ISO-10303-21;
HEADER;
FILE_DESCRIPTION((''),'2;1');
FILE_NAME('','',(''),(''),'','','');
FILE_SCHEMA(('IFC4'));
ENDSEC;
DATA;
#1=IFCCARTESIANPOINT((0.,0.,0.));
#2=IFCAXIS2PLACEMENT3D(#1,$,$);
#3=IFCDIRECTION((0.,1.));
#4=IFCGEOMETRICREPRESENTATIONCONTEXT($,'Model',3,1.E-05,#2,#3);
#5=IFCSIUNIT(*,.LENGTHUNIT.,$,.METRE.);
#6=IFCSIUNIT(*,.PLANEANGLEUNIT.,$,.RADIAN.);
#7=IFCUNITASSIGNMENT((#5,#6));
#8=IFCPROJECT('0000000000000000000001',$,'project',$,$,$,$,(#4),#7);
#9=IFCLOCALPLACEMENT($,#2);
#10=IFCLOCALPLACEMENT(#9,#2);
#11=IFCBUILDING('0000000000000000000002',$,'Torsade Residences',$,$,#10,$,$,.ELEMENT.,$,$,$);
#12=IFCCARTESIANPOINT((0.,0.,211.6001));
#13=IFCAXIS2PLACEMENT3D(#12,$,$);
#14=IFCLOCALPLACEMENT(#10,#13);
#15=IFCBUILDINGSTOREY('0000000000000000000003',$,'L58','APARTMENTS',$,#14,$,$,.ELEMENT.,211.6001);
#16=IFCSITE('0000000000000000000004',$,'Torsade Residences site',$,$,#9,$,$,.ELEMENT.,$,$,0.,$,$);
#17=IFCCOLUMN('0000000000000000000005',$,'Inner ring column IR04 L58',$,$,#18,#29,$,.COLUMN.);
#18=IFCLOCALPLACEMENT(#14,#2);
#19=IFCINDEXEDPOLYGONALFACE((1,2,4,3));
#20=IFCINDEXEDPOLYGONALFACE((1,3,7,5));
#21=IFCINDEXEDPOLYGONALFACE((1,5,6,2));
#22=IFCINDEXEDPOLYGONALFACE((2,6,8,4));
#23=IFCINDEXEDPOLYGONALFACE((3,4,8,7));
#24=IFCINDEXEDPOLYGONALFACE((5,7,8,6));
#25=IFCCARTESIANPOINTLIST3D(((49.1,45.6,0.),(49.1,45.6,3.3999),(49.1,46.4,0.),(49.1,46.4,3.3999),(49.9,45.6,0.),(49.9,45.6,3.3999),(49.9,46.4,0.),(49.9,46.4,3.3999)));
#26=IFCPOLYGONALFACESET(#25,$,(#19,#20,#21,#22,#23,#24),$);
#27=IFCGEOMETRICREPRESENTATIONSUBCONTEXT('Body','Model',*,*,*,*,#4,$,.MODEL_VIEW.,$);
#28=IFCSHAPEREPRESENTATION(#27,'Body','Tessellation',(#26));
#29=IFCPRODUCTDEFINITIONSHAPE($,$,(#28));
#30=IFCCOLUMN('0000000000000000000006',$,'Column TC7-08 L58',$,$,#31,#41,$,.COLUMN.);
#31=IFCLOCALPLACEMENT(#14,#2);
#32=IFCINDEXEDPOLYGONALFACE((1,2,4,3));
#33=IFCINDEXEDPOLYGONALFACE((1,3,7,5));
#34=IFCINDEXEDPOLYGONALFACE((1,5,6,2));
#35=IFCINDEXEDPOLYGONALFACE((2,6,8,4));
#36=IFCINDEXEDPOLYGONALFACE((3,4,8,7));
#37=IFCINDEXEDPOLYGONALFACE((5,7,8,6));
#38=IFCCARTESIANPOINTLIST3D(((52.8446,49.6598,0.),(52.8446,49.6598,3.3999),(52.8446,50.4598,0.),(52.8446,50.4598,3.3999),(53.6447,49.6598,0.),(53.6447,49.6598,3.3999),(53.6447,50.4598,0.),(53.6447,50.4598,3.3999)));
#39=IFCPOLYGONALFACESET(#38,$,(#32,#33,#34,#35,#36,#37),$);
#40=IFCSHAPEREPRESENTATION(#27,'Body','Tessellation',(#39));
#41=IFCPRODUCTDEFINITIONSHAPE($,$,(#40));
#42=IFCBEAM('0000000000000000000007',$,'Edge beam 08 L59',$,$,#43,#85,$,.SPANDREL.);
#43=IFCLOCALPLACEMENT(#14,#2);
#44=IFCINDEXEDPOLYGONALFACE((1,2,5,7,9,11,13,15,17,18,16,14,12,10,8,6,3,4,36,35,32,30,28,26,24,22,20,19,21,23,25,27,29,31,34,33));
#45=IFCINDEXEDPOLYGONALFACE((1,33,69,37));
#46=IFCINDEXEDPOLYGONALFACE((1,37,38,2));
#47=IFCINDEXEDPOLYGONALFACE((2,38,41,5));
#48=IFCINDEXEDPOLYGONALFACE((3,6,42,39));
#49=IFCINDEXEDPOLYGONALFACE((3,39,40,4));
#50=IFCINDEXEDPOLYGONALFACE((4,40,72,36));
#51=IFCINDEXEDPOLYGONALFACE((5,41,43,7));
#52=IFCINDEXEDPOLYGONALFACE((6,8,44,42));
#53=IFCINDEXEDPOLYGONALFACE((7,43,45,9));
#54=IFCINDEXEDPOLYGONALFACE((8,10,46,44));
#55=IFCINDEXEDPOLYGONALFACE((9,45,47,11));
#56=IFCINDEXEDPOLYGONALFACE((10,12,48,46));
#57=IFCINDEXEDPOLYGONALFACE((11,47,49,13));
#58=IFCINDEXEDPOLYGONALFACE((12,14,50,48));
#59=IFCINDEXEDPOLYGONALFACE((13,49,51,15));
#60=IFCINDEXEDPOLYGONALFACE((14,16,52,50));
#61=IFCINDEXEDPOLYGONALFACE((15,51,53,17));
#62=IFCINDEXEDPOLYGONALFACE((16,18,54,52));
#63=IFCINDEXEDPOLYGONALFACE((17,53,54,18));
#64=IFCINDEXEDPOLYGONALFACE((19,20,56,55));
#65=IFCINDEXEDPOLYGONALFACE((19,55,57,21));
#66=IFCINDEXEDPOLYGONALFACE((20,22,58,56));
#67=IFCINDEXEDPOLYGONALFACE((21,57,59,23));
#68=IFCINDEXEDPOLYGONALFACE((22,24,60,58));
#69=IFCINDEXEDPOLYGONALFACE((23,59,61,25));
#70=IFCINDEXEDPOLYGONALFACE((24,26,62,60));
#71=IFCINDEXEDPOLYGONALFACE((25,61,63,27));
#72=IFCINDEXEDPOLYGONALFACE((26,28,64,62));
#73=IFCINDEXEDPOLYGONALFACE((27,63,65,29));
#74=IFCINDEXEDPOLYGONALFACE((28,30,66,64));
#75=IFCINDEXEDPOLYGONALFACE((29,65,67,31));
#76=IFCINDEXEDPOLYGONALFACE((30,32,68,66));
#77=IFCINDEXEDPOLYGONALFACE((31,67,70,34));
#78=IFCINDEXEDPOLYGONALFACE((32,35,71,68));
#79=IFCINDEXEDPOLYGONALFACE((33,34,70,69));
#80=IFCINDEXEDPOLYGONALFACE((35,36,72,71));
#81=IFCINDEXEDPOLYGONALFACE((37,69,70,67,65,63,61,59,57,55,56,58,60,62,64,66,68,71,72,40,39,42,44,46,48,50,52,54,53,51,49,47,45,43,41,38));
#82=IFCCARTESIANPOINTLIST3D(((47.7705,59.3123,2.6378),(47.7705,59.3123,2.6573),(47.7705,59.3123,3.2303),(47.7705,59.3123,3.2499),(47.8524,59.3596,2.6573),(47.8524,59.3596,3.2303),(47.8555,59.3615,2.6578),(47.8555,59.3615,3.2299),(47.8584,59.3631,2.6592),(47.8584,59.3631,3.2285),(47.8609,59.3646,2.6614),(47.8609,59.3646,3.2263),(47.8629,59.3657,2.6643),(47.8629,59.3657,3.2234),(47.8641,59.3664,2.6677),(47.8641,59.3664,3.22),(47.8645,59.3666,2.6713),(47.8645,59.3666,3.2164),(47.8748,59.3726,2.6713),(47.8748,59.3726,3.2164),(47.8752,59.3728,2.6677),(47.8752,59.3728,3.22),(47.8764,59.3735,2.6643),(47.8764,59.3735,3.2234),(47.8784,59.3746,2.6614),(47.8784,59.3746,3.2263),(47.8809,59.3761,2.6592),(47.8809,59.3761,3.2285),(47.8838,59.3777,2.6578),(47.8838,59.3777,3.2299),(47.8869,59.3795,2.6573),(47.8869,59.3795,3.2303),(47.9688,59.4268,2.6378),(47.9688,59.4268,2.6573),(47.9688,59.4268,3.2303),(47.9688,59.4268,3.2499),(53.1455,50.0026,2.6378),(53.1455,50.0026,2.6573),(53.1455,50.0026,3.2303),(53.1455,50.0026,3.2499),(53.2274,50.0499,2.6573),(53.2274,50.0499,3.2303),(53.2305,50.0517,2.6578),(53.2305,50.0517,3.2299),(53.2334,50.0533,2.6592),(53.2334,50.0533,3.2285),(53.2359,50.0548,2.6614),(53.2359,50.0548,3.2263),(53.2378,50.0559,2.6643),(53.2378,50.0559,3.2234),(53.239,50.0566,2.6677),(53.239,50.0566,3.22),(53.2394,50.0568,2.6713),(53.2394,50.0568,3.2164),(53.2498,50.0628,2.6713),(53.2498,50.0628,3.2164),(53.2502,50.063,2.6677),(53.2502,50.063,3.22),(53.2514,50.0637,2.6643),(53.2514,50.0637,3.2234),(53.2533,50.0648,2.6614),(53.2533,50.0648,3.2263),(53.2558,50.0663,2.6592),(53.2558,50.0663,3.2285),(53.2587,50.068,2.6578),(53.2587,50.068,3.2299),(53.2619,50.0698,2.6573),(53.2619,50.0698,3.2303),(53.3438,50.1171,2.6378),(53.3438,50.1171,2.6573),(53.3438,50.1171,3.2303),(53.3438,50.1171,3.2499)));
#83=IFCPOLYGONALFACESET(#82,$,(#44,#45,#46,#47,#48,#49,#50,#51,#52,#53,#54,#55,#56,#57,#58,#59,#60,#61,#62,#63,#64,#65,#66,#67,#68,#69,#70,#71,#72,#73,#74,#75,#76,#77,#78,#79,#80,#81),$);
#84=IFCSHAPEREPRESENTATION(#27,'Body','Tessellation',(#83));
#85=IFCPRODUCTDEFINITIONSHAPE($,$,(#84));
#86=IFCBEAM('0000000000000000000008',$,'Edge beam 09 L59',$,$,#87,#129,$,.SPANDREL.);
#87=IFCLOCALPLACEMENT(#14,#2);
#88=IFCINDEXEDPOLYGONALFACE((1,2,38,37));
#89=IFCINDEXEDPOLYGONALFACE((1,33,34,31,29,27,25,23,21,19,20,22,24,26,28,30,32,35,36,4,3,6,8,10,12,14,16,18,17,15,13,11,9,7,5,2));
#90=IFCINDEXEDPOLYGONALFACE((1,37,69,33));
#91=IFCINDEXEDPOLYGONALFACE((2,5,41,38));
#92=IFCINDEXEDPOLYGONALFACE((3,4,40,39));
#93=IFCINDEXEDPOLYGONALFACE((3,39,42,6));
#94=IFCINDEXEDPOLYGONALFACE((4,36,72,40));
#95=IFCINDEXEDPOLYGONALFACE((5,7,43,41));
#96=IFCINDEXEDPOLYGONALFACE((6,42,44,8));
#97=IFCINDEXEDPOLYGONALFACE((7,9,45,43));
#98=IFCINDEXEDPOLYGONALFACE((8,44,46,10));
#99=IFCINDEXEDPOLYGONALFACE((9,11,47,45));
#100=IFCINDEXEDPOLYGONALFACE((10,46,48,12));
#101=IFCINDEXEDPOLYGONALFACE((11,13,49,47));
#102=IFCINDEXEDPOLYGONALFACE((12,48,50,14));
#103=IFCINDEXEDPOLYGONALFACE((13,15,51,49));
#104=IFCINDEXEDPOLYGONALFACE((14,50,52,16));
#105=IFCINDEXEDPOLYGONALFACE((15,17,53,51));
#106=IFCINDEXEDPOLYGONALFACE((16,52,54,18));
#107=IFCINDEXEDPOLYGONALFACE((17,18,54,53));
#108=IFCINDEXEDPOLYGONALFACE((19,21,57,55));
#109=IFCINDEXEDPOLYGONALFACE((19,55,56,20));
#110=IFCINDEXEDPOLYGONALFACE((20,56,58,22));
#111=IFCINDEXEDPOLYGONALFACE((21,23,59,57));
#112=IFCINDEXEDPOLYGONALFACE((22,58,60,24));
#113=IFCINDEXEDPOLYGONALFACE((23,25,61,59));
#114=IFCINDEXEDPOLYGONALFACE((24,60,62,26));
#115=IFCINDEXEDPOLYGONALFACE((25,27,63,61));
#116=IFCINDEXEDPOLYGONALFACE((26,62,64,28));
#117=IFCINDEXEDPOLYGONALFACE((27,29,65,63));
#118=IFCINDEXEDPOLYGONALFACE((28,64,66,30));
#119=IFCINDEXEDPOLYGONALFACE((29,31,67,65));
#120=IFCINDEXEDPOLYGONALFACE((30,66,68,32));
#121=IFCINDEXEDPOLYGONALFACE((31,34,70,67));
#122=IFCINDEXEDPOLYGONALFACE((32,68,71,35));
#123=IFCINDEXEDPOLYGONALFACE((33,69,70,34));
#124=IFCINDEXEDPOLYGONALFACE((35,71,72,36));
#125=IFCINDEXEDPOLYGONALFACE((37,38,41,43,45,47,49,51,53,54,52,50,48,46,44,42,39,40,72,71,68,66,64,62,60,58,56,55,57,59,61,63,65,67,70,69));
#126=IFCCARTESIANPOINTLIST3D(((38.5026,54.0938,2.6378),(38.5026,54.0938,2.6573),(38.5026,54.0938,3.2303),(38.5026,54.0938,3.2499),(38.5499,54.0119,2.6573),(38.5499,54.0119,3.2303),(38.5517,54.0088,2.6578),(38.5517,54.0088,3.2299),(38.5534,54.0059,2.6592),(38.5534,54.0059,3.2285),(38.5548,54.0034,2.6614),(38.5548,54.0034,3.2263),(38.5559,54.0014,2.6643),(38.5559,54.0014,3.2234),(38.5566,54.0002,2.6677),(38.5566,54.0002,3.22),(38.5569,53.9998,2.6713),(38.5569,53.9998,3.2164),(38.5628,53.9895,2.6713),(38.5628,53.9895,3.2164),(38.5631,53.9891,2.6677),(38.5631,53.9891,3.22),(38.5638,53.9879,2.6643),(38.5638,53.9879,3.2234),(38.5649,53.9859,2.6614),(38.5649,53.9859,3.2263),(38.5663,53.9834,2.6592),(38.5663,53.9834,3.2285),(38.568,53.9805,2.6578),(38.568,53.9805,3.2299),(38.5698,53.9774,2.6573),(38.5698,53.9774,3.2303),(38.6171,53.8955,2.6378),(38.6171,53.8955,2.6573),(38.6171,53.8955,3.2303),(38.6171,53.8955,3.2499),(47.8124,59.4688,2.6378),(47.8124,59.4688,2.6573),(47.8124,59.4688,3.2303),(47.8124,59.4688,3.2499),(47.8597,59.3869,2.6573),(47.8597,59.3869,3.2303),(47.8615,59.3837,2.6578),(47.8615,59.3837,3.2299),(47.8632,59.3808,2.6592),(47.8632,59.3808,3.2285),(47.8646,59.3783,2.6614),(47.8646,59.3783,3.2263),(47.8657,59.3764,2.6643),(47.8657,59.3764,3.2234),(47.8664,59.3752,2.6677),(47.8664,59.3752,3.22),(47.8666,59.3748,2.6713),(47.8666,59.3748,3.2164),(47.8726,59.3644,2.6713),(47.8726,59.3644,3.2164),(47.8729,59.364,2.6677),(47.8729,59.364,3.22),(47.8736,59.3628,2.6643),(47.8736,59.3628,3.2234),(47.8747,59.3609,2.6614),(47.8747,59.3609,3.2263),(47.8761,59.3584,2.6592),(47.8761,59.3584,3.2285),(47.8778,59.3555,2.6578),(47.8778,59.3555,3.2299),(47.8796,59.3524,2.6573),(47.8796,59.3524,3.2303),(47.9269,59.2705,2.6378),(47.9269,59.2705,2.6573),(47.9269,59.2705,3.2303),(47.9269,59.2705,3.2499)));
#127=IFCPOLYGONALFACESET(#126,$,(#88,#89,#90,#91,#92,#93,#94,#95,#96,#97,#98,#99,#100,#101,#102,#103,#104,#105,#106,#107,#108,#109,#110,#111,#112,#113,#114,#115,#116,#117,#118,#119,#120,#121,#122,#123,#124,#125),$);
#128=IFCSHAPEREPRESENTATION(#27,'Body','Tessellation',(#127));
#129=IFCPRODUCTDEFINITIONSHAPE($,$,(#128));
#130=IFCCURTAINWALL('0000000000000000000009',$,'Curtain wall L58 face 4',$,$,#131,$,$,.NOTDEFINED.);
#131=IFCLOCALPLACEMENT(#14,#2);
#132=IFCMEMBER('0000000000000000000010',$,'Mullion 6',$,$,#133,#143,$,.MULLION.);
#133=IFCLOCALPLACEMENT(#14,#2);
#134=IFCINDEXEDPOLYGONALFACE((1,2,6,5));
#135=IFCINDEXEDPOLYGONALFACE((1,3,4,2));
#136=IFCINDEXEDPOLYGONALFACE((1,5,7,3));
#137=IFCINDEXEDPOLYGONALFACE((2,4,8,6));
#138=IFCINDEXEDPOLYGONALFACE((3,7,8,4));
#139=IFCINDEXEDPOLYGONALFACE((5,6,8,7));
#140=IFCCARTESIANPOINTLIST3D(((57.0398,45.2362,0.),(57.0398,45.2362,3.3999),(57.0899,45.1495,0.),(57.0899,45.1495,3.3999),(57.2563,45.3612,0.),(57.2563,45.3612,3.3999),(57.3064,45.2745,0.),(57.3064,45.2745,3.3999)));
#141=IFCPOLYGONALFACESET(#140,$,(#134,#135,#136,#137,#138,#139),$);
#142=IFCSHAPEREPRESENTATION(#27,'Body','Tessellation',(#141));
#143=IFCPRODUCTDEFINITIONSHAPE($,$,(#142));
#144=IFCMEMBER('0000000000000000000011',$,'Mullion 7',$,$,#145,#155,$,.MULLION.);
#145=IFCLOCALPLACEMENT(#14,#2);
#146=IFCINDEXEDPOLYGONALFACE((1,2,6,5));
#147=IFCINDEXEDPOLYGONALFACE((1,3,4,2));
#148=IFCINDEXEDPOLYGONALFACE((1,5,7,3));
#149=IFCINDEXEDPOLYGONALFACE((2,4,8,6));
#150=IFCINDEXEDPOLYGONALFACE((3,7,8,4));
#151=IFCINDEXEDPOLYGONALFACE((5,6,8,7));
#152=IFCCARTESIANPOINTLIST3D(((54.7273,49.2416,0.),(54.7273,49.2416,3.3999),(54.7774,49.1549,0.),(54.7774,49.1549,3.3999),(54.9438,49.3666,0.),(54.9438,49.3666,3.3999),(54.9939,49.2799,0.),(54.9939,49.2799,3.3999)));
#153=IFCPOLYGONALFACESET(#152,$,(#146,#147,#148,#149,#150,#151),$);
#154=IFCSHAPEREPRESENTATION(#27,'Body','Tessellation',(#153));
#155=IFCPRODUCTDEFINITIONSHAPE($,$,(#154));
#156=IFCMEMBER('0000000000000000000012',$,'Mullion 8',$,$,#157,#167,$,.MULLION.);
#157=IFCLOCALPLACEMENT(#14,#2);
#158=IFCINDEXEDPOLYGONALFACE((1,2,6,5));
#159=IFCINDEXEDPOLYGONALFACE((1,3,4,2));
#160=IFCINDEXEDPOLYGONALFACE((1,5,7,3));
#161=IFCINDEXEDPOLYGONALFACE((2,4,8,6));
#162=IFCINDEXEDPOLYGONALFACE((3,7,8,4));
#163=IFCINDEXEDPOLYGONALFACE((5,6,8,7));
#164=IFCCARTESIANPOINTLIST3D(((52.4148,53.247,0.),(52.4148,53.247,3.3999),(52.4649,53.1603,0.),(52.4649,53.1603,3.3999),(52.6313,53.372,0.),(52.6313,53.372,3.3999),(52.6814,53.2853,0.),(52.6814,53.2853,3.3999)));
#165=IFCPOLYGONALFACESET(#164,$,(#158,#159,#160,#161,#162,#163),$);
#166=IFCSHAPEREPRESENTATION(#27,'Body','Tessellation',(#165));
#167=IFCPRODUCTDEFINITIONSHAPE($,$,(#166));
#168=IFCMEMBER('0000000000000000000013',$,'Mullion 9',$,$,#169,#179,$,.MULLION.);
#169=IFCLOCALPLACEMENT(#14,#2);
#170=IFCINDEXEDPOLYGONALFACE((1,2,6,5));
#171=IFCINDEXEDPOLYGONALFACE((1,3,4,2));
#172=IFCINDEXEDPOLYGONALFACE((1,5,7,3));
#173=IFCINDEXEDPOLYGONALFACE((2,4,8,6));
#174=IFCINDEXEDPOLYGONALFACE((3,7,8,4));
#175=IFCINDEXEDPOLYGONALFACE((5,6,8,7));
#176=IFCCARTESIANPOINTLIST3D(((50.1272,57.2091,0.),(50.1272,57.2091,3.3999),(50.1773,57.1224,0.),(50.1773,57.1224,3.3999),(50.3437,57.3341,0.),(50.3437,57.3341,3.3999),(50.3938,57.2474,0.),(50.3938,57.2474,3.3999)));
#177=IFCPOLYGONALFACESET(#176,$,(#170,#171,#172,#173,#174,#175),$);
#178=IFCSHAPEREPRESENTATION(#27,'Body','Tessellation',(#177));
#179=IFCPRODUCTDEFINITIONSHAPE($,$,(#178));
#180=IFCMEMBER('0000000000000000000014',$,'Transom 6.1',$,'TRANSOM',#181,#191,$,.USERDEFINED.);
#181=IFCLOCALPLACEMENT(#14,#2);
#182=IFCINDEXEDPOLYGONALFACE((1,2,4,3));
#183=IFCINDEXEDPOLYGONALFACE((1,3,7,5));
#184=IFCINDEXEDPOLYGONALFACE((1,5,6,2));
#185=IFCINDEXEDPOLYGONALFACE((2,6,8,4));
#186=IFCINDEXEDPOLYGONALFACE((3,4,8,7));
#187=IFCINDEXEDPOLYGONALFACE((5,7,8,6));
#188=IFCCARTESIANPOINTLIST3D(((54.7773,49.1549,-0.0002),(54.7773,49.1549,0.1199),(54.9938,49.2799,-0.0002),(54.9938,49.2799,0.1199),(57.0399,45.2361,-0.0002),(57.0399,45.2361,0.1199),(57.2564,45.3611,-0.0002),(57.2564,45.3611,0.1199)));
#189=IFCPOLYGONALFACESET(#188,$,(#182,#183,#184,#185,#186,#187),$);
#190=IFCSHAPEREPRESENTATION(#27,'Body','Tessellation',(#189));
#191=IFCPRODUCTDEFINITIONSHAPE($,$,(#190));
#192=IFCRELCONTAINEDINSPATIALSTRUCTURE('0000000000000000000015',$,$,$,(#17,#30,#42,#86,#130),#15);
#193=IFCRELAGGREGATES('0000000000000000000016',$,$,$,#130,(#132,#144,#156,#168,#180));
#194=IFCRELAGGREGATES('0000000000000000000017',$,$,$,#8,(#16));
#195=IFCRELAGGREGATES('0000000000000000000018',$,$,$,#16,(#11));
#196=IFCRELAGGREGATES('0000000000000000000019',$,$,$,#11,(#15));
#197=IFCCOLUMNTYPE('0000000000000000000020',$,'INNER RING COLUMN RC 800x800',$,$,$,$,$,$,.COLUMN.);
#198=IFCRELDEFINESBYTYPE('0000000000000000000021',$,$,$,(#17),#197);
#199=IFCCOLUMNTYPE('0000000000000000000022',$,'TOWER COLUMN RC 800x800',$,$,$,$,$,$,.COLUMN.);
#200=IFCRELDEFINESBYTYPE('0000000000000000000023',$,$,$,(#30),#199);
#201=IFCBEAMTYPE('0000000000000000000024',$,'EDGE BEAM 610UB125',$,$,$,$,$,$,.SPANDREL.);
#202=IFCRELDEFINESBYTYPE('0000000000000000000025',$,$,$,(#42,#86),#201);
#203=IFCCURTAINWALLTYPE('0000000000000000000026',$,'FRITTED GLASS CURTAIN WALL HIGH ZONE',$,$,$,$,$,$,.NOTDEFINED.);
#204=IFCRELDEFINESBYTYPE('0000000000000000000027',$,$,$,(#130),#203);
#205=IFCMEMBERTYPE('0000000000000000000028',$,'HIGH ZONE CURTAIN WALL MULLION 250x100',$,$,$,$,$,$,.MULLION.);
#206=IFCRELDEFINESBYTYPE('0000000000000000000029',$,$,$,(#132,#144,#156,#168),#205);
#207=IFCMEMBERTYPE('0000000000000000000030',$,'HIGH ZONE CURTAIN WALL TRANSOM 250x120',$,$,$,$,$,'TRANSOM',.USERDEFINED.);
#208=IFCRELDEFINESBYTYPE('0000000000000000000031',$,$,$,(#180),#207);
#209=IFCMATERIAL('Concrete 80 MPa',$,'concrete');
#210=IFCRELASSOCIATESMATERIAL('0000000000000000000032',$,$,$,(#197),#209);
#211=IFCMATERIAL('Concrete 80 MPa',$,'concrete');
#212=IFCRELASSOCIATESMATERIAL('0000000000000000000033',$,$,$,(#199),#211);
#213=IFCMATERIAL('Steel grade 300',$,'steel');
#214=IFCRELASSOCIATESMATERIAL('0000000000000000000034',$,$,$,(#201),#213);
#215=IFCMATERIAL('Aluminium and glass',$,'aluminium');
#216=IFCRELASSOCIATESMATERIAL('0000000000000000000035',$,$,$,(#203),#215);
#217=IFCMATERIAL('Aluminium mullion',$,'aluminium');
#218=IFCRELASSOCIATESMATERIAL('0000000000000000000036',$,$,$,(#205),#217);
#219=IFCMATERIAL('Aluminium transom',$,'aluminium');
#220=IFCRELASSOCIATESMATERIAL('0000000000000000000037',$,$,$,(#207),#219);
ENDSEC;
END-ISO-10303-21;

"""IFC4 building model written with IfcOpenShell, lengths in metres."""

from ifc_helpers import new_model, si_unit, direction, frame, origin, origin_2d, place, context, subcontext, project, spatial, rectangle, i_section, extrude, material, material_profile, profile_set, type_object, element, aggregate, save


model = new_model("IFC4")

# Units and contexts
model_context = context("Model", 3, precision=1e-05, world=origin(), true_north=direction((0.0, 1.0)))
body_context = subcontext(model_context, "Body", "Model", "MODEL_VIEW")
ifc_project = project(units=[si_unit("LENGTHUNIT", "METRE"), si_unit("PLANEANGLEUNIT", "RADIAN")], contexts=[model_context])

# Site, building, storey
site_placement = place(None, origin())
site = spatial("IfcSite", under=ifc_project, at=site_placement, Name="Torsade Residences site", CompositionType="ELEMENT", RefElevation=0.0)
building_placement = place(site_placement, origin())
building = spatial("IfcBuilding", under=site, at=building_placement, Name="Torsade Residences", CompositionType="ELEMENT")
storey_placement = place(building_placement, frame((0.0, 0.0, 211.6001)))
storey = spatial("IfcBuildingStorey", under=building, at=storey_placement, Name="L58", Description="APARTMENTS", CompositionType="ELEMENT", Elevation=211.6001)

# Columns
ifc_material_1 = material(Name="Concrete 80 MPa", Category="concrete")
ifc_material_profile_1 = material_profile(ifc_material_1, rectangle(XDim=0.8, YDim=0.8, at=origin_2d()), Name="RC 800x800")
ifc_profile_set_1 = profile_set([ifc_material_profile_1], Name="Concrete 80 MPa")
column_type_1 = type_object("IfcColumnType", Name="INNER RING COLUMN RC 800x800", PredefinedType="COLUMN", material=ifc_profile_set_1)
column_1_placement = place(storey_placement, frame((49.5, 46.0, 0.0), z_axis=(0.0, 0.0, 1.0), x_axis=(1.0, 0.0, 0.0)))
element("IfcColumn", 1, at=column_1_placement, inside=storey, type_object=column_type_1, Name="Inner ring column IR04 L58", PredefinedType="COLUMN", context=body_context, shape_type="SweptSolid", body=[
    extrude(rectangle(XDim=0.8, YDim=0.8, at=origin_2d()), origin(), (0.0, 0.0, 1.0), 3.3999),
])
ifc_material_2 = material(Name="Concrete 80 MPa", Category="concrete")
ifc_material_profile_2 = material_profile(ifc_material_2, rectangle(XDim=0.8, YDim=0.8, at=origin_2d()), Name="RC 800x800")
ifc_profile_set_2 = profile_set([ifc_material_profile_2], Name="Concrete 80 MPa")
column_type_2 = type_object("IfcColumnType", Name="TOWER COLUMN RC 800x800", PredefinedType="COLUMN", material=ifc_profile_set_2)
column_2_placement = place(storey_placement, frame((53.2446, 50.0598, 0.0), z_axis=(0.0, 0.0, 1.0), x_axis=(1.0, 0.0, 0.0)))
element("IfcColumn", 2, at=column_2_placement, inside=storey, type_object=column_type_2, Name="Column TC7-08 L58", PredefinedType="COLUMN", context=body_context, shape_type="SweptSolid", body=[
    extrude(rectangle(XDim=0.8, YDim=0.8, at=origin_2d()), origin(), (0.0, 0.0, 1.0), 3.3999),
])

# Beams
ifc_material_3 = material(Name="Steel grade 300", Category="steel")
ifc_material_profile_3 = material_profile(ifc_material_3, i_section(OverallWidth=0.229, OverallDepth=0.6121, WebThickness=0.012, FlangeThickness=0.0195, FilletRadius=0.0139, at=origin_2d()), Name="610UB125")
ifc_profile_set_3 = profile_set([ifc_material_profile_3], Name="Steel grade 300")
beam_type_1 = type_object("IfcBeamType", Name="EDGE BEAM 610UB125", PredefinedType="SPANDREL", material=ifc_profile_set_3)
for number, where, z_axis, x_axis, name in (
    (3, (53.2446, 50.0598, 2.9438), (-0.499998, 0.866026, 0.0), (-0.866026, -0.499998, 0.0), "Edge beam 08 L59"),
    (4, (47.8696, 59.3696, 2.9438), (-0.866026, -0.499998, 0.0), (0.499998, -0.866026, 0.0), "Edge beam 09 L59"),
):
    element("IfcBeam", number, at=place(storey_placement, frame(where, z_axis=z_axis, x_axis=x_axis)), inside=storey, type_object=beam_type_1, Name=name, PredefinedType="SPANDREL", context=body_context, shape_type="SweptSolid", body=[
        extrude(i_section(OverallWidth=0.229, OverallDepth=0.6121, WebThickness=0.012, FlangeThickness=0.0195, FilletRadius=0.0139, at=origin_2d()), origin(), (0.0, 0.0, 1.0), 10.75),
    ])

# Curtain wall, members
ifc_material_4 = material(Name="Aluminium and glass", Category="aluminium")
curtain_wall_type = type_object("IfcCurtainWallType", Name="FRITTED GLASS CURTAIN WALL HIGH ZONE", PredefinedType="NOTDEFINED", material=ifc_material_4)
curtain_wall_placement = place(storey_placement, origin())
curtain_wall = element("IfcCurtainWall", 5, at=curtain_wall_placement, inside=storey, type_object=curtain_wall_type, Name="Curtain wall L58 face 4", PredefinedType="NOTDEFINED")
ifc_material_5 = material(Name="Aluminium mullion", Category="aluminium")
ifc_material_profile_4 = material_profile(ifc_material_5, rectangle(XDim=0.25, YDim=0.1001, at=origin_2d()), Name="HIGH ZONE CURTAIN WALL MULLION 250x100")
ifc_profile_set_4 = profile_set([ifc_material_profile_4], Name="Aluminium mullion")
member_type_1 = type_object("IfcMemberType", Name="HIGH ZONE CURTAIN WALL MULLION 250x100", PredefinedType="MULLION", material=ifc_profile_set_4)
member_1_placement = place(storey_placement, frame((57.1731, 45.2554, 0.0), z_axis=(0.0, 0.0, 1.0), x_axis=(-0.866025, -0.5, 0.0)))
member_1 = element("IfcMember", 6, at=member_1_placement, type_object=member_type_1, Name="Mullion 6", PredefinedType="MULLION", context=body_context, shape_type="SweptSolid", body=[
    extrude(rectangle(XDim=0.25, YDim=0.1001, at=origin_2d()), origin(), (0.0, 0.0, 1.0), 3.3999),
])
member_2_placement = place(storey_placement, frame((54.8606, 49.2607, 0.0), z_axis=(0.0, 0.0, 1.0), x_axis=(-0.866025, -0.5, 0.0)))
member_2 = element("IfcMember", 7, at=member_2_placement, type_object=member_type_1, Name="Mullion 7", PredefinedType="MULLION", context=body_context, shape_type="SweptSolid", body=[
    extrude(rectangle(XDim=0.25, YDim=0.1001, at=origin_2d()), origin(), (0.0, 0.0, 1.0), 3.3999),
])
member_3_placement = place(storey_placement, frame((52.5481, 53.2661, 0.0), z_axis=(0.0, 0.0, 1.0), x_axis=(-0.866025, -0.5, 0.0)))
member_3 = element("IfcMember", 8, at=member_3_placement, type_object=member_type_1, Name="Mullion 8", PredefinedType="MULLION", context=body_context, shape_type="SweptSolid", body=[
    extrude(rectangle(XDim=0.25, YDim=0.1001, at=origin_2d()), origin(), (0.0, 0.0, 1.0), 3.3999),
])
member_4_placement = place(storey_placement, frame((50.2605, 57.2283, 0.0), z_axis=(0.0, 0.0, 1.0), x_axis=(-0.866025, -0.5, 0.0)))
member_4 = element("IfcMember", 9, at=member_4_placement, type_object=member_type_1, Name="Mullion 9", PredefinedType="MULLION", context=body_context, shape_type="SweptSolid", body=[
    extrude(rectangle(XDim=0.25, YDim=0.1001, at=origin_2d()), origin(), (0.0, 0.0, 1.0), 3.3999),
])
ifc_material_6 = material(Name="Aluminium transom", Category="aluminium")
ifc_material_profile_5 = material_profile(ifc_material_6, rectangle(XDim=0.25, YDim=0.1201, at=origin_2d()), Name="HIGH ZONE CURTAIN WALL TRANSOM 250x120")
ifc_profile_set_5 = profile_set([ifc_material_profile_5], Name="Aluminium transom")
member_type_2 = type_object("IfcMemberType", Name="HIGH ZONE CURTAIN WALL TRANSOM 250x120", ElementType="TRANSOM", PredefinedType="USERDEFINED", material=ifc_profile_set_5)
member_5_placement = place(storey_placement, frame((57.1482, 45.2986, 0.0598), z_axis=(-0.500015, 0.866017, 0.0), x_axis=(-0.866017, -0.500015, 0.0)))
member_5 = element("IfcMember", 10, at=member_5_placement, type_object=member_type_2, Name="Transom 6.1", ObjectType="TRANSOM", PredefinedType="USERDEFINED", context=body_context, shape_type="SweptSolid", body=[
    extrude(rectangle(XDim=0.25, YDim=0.1201, at=origin_2d()), origin(), (0.0, 0.0, 1.0), 4.5251),
])

aggregate(curtain_wall, [member_1, member_2, member_3, member_4, member_5])

save(model, "model.ifc")
